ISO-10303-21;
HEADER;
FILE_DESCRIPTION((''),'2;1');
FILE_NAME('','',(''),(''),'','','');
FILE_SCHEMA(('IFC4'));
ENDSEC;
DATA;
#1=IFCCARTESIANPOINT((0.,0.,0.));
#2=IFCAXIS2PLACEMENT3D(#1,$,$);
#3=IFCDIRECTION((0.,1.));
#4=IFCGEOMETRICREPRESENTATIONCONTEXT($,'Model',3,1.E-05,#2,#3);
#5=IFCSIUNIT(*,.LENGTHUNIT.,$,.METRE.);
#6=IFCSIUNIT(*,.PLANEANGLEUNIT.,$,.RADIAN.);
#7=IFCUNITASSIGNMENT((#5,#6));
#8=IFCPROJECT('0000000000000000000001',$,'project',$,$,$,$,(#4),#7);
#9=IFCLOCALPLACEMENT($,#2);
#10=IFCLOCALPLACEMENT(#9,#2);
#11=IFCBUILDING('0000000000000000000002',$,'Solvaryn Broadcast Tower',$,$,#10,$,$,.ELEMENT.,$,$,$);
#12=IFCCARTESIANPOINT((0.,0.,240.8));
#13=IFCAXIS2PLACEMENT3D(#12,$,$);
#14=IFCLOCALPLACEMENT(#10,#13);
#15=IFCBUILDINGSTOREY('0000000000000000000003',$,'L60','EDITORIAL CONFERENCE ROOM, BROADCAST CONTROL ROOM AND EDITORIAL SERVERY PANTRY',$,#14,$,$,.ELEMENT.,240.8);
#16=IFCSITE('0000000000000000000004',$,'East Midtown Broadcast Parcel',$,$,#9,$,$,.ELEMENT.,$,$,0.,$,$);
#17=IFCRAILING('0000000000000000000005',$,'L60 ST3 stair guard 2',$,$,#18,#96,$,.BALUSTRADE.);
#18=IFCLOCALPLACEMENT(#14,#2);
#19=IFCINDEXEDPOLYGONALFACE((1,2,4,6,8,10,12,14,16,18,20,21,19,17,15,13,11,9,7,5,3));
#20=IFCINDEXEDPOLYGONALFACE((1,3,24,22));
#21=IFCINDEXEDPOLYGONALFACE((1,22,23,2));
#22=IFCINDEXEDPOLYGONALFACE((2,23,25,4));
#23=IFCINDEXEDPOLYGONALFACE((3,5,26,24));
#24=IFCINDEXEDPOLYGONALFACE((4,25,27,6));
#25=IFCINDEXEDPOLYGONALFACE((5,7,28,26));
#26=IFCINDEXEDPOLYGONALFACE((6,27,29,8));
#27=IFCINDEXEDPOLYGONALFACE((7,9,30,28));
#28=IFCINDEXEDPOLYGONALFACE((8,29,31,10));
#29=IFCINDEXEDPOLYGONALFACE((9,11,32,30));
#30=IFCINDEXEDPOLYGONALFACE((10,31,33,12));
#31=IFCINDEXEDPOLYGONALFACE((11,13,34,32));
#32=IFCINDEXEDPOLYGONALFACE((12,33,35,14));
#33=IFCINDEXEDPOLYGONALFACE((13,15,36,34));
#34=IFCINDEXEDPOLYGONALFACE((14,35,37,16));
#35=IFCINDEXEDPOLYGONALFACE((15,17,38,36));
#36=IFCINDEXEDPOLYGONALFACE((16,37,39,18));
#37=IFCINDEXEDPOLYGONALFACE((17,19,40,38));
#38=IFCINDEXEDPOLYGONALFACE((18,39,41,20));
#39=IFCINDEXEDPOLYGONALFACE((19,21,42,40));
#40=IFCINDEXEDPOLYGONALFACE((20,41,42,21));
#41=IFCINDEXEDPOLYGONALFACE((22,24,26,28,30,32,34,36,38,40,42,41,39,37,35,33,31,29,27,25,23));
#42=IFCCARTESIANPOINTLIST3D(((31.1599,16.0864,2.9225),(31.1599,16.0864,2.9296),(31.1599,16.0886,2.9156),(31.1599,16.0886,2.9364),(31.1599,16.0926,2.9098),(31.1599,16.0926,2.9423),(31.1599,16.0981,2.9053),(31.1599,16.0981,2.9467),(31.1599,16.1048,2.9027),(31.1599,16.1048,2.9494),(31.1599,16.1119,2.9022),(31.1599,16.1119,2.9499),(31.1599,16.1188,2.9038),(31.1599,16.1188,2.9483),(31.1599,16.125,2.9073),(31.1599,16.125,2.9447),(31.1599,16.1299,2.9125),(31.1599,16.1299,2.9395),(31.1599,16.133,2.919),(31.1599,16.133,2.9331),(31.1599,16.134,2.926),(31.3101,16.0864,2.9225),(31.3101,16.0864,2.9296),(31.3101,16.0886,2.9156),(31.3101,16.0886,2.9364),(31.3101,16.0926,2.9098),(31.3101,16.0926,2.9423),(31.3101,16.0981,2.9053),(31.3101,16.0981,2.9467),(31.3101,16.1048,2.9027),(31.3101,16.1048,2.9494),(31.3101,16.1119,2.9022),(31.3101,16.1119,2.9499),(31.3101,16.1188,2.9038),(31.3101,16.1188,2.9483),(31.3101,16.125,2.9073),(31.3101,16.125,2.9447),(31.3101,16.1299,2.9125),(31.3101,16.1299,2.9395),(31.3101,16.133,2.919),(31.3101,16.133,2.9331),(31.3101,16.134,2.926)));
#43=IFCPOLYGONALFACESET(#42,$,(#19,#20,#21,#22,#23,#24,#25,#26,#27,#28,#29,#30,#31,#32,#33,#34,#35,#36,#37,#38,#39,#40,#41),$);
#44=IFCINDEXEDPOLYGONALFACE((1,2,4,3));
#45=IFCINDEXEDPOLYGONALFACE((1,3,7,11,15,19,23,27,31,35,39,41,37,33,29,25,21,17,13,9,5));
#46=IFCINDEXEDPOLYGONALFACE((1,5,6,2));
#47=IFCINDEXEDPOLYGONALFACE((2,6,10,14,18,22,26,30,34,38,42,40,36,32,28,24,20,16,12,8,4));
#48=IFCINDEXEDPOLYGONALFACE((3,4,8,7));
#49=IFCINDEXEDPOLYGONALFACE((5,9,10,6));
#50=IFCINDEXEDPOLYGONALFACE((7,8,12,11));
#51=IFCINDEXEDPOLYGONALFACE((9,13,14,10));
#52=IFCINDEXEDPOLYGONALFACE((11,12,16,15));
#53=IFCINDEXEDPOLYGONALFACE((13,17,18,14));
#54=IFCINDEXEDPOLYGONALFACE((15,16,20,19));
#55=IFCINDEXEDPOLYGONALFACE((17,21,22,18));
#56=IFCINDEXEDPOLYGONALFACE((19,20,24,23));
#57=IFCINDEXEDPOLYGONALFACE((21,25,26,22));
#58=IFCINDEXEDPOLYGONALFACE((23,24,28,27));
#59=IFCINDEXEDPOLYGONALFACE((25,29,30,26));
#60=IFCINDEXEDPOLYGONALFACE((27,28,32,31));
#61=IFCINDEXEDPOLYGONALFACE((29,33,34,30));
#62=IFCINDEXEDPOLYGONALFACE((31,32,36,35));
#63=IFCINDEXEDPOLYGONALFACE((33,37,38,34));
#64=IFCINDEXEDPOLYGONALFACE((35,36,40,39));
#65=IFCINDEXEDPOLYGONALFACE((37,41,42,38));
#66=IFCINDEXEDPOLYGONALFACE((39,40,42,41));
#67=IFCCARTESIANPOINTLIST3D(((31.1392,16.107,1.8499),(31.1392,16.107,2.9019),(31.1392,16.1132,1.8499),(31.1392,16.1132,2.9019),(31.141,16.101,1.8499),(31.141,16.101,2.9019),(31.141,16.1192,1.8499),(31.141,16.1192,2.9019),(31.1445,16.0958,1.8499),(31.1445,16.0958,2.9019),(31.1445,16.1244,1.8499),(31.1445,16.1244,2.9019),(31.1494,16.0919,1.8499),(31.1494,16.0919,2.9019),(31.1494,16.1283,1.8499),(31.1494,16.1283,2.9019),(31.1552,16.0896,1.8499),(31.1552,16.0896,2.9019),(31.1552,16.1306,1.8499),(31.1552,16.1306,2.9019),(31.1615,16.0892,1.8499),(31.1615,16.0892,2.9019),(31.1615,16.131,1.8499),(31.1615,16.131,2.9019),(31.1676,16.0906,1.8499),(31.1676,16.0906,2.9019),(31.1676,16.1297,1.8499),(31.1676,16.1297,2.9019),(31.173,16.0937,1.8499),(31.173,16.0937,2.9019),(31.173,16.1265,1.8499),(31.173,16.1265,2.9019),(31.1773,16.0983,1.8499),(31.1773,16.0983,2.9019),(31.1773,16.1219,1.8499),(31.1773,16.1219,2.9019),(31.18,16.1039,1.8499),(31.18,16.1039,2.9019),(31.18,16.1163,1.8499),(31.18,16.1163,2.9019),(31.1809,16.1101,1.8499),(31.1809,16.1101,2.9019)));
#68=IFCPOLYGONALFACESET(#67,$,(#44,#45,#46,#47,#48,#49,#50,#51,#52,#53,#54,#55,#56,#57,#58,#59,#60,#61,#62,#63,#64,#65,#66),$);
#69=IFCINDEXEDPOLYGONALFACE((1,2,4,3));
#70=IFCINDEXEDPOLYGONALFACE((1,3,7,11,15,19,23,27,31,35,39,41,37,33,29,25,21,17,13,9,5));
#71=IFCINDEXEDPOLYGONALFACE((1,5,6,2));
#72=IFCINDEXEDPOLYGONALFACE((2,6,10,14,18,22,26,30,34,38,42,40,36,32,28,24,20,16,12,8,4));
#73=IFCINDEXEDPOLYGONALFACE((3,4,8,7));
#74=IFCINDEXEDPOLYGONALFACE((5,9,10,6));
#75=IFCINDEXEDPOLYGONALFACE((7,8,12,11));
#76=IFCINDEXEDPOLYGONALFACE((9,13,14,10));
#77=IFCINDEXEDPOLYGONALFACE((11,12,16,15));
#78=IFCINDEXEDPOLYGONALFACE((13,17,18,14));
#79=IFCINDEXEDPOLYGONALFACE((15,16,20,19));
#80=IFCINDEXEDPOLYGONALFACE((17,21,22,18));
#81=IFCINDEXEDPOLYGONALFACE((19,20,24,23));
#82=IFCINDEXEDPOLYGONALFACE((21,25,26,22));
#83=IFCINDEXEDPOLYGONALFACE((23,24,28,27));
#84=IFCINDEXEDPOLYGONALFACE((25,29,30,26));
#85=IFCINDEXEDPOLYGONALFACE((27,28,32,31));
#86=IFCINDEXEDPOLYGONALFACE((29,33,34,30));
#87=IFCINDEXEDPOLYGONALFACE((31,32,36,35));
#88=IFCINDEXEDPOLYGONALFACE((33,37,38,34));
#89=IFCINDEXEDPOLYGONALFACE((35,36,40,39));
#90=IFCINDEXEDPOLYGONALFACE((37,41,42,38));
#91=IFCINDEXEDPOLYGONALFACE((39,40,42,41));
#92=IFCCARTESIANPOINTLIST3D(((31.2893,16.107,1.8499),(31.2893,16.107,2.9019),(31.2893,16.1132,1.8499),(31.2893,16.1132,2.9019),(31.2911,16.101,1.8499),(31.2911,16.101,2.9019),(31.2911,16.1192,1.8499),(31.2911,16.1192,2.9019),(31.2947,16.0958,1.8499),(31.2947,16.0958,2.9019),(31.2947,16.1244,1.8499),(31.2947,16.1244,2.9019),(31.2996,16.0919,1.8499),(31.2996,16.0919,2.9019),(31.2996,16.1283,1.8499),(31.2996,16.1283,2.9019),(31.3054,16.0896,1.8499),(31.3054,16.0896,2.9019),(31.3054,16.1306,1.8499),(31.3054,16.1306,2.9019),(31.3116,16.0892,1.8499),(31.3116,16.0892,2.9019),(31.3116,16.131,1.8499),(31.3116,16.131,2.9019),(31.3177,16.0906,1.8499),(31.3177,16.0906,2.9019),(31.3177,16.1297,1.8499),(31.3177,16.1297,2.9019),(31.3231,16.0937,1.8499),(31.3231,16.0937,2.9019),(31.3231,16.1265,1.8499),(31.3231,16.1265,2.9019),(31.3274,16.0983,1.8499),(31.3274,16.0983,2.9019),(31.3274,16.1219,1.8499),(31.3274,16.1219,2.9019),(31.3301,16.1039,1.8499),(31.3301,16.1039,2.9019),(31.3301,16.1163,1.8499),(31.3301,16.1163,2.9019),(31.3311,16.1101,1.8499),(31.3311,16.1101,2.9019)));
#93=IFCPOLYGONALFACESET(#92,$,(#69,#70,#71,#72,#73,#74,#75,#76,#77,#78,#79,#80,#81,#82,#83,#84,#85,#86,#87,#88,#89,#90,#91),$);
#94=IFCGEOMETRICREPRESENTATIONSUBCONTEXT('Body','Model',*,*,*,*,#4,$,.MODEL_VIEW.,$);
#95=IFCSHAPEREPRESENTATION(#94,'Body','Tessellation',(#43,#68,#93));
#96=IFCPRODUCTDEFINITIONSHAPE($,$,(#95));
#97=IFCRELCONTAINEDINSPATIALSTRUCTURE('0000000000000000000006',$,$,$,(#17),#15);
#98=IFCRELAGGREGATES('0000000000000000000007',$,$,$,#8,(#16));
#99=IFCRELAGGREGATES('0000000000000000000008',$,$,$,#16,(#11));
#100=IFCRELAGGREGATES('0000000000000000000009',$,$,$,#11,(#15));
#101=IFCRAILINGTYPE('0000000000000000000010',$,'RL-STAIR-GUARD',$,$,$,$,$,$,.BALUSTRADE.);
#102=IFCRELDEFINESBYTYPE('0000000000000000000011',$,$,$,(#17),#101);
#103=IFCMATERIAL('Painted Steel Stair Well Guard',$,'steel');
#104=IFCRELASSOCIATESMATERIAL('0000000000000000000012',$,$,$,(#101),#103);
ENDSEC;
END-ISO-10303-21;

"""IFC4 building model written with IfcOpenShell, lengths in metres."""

from ifc_helpers import new_model, si_unit, direction, frame, origin, origin_2d, place, context, subcontext, project, spatial, circle, extrude, material, type_object, element, save


model = new_model("IFC4")

# Units and contexts
model_context = context("Model", 3, precision=1e-05, world=origin(), true_north=direction((0.0, 1.0)))
body_context = subcontext(model_context, "Body", "Model", "MODEL_VIEW")
ifc_project = project(units=[si_unit("LENGTHUNIT", "METRE"), si_unit("PLANEANGLEUNIT", "RADIAN")], contexts=[model_context])

# Site, building, storey
site_placement = place(None, origin())
site = spatial("IfcSite", under=ifc_project, at=site_placement, Name="East Midtown Broadcast Parcel", CompositionType="ELEMENT", RefElevation=0.0)
building_placement = place(site_placement, origin())
building = spatial("IfcBuilding", under=site, at=building_placement, Name="Solvaryn Broadcast Tower", CompositionType="ELEMENT")
storey_placement = place(building_placement, frame((0.0, 0.0, 240.8)))
storey = spatial("IfcBuildingStorey", under=building, at=storey_placement, Name="L60", Description="EDITORIAL CONFERENCE ROOM, BROADCAST CONTROL ROOM AND EDITORIAL SERVERY PANTRY", CompositionType="ELEMENT", Elevation=240.8)

# Railing
ifc_material_1 = material(Name="Painted Steel Stair Well Guard", Category="steel")
railing_type_1 = type_object("IfcRailingType", Name="RL-STAIR-GUARD", PredefinedType="BALUSTRADE", material=ifc_material_1)
railing_1_placement = place(storey_placement, frame((31.1599, 16.1101, 1.8499)))
element("IfcRailing", 1, at=railing_1_placement, inside=storey, type_object=railing_type_1, Name="L60 ST3 stair guard 2", PredefinedType="BALUSTRADE", context=body_context, shape_type="SweptSolid", body=[
    extrude(circle(Radius=0.0239, at=origin_2d()), frame((0.0, 0.0, 1.0762), z_axis=(1.0, 0.0, 0.0), x_axis=(0.0, 1.0, 0.0)), (0.0, 0.0, 1.0), 0.1501),
    extrude(circle(Radius=0.021, at=origin_2d()), origin(), (0.0, 0.0, 1.0), 1.052),
    extrude(circle(Radius=0.021, at=origin_2d()), frame((0.1501, 0.0, 0.0)), (0.0, 0.0, 1.0), 1.052),
])

save(model, "model.ifc")
